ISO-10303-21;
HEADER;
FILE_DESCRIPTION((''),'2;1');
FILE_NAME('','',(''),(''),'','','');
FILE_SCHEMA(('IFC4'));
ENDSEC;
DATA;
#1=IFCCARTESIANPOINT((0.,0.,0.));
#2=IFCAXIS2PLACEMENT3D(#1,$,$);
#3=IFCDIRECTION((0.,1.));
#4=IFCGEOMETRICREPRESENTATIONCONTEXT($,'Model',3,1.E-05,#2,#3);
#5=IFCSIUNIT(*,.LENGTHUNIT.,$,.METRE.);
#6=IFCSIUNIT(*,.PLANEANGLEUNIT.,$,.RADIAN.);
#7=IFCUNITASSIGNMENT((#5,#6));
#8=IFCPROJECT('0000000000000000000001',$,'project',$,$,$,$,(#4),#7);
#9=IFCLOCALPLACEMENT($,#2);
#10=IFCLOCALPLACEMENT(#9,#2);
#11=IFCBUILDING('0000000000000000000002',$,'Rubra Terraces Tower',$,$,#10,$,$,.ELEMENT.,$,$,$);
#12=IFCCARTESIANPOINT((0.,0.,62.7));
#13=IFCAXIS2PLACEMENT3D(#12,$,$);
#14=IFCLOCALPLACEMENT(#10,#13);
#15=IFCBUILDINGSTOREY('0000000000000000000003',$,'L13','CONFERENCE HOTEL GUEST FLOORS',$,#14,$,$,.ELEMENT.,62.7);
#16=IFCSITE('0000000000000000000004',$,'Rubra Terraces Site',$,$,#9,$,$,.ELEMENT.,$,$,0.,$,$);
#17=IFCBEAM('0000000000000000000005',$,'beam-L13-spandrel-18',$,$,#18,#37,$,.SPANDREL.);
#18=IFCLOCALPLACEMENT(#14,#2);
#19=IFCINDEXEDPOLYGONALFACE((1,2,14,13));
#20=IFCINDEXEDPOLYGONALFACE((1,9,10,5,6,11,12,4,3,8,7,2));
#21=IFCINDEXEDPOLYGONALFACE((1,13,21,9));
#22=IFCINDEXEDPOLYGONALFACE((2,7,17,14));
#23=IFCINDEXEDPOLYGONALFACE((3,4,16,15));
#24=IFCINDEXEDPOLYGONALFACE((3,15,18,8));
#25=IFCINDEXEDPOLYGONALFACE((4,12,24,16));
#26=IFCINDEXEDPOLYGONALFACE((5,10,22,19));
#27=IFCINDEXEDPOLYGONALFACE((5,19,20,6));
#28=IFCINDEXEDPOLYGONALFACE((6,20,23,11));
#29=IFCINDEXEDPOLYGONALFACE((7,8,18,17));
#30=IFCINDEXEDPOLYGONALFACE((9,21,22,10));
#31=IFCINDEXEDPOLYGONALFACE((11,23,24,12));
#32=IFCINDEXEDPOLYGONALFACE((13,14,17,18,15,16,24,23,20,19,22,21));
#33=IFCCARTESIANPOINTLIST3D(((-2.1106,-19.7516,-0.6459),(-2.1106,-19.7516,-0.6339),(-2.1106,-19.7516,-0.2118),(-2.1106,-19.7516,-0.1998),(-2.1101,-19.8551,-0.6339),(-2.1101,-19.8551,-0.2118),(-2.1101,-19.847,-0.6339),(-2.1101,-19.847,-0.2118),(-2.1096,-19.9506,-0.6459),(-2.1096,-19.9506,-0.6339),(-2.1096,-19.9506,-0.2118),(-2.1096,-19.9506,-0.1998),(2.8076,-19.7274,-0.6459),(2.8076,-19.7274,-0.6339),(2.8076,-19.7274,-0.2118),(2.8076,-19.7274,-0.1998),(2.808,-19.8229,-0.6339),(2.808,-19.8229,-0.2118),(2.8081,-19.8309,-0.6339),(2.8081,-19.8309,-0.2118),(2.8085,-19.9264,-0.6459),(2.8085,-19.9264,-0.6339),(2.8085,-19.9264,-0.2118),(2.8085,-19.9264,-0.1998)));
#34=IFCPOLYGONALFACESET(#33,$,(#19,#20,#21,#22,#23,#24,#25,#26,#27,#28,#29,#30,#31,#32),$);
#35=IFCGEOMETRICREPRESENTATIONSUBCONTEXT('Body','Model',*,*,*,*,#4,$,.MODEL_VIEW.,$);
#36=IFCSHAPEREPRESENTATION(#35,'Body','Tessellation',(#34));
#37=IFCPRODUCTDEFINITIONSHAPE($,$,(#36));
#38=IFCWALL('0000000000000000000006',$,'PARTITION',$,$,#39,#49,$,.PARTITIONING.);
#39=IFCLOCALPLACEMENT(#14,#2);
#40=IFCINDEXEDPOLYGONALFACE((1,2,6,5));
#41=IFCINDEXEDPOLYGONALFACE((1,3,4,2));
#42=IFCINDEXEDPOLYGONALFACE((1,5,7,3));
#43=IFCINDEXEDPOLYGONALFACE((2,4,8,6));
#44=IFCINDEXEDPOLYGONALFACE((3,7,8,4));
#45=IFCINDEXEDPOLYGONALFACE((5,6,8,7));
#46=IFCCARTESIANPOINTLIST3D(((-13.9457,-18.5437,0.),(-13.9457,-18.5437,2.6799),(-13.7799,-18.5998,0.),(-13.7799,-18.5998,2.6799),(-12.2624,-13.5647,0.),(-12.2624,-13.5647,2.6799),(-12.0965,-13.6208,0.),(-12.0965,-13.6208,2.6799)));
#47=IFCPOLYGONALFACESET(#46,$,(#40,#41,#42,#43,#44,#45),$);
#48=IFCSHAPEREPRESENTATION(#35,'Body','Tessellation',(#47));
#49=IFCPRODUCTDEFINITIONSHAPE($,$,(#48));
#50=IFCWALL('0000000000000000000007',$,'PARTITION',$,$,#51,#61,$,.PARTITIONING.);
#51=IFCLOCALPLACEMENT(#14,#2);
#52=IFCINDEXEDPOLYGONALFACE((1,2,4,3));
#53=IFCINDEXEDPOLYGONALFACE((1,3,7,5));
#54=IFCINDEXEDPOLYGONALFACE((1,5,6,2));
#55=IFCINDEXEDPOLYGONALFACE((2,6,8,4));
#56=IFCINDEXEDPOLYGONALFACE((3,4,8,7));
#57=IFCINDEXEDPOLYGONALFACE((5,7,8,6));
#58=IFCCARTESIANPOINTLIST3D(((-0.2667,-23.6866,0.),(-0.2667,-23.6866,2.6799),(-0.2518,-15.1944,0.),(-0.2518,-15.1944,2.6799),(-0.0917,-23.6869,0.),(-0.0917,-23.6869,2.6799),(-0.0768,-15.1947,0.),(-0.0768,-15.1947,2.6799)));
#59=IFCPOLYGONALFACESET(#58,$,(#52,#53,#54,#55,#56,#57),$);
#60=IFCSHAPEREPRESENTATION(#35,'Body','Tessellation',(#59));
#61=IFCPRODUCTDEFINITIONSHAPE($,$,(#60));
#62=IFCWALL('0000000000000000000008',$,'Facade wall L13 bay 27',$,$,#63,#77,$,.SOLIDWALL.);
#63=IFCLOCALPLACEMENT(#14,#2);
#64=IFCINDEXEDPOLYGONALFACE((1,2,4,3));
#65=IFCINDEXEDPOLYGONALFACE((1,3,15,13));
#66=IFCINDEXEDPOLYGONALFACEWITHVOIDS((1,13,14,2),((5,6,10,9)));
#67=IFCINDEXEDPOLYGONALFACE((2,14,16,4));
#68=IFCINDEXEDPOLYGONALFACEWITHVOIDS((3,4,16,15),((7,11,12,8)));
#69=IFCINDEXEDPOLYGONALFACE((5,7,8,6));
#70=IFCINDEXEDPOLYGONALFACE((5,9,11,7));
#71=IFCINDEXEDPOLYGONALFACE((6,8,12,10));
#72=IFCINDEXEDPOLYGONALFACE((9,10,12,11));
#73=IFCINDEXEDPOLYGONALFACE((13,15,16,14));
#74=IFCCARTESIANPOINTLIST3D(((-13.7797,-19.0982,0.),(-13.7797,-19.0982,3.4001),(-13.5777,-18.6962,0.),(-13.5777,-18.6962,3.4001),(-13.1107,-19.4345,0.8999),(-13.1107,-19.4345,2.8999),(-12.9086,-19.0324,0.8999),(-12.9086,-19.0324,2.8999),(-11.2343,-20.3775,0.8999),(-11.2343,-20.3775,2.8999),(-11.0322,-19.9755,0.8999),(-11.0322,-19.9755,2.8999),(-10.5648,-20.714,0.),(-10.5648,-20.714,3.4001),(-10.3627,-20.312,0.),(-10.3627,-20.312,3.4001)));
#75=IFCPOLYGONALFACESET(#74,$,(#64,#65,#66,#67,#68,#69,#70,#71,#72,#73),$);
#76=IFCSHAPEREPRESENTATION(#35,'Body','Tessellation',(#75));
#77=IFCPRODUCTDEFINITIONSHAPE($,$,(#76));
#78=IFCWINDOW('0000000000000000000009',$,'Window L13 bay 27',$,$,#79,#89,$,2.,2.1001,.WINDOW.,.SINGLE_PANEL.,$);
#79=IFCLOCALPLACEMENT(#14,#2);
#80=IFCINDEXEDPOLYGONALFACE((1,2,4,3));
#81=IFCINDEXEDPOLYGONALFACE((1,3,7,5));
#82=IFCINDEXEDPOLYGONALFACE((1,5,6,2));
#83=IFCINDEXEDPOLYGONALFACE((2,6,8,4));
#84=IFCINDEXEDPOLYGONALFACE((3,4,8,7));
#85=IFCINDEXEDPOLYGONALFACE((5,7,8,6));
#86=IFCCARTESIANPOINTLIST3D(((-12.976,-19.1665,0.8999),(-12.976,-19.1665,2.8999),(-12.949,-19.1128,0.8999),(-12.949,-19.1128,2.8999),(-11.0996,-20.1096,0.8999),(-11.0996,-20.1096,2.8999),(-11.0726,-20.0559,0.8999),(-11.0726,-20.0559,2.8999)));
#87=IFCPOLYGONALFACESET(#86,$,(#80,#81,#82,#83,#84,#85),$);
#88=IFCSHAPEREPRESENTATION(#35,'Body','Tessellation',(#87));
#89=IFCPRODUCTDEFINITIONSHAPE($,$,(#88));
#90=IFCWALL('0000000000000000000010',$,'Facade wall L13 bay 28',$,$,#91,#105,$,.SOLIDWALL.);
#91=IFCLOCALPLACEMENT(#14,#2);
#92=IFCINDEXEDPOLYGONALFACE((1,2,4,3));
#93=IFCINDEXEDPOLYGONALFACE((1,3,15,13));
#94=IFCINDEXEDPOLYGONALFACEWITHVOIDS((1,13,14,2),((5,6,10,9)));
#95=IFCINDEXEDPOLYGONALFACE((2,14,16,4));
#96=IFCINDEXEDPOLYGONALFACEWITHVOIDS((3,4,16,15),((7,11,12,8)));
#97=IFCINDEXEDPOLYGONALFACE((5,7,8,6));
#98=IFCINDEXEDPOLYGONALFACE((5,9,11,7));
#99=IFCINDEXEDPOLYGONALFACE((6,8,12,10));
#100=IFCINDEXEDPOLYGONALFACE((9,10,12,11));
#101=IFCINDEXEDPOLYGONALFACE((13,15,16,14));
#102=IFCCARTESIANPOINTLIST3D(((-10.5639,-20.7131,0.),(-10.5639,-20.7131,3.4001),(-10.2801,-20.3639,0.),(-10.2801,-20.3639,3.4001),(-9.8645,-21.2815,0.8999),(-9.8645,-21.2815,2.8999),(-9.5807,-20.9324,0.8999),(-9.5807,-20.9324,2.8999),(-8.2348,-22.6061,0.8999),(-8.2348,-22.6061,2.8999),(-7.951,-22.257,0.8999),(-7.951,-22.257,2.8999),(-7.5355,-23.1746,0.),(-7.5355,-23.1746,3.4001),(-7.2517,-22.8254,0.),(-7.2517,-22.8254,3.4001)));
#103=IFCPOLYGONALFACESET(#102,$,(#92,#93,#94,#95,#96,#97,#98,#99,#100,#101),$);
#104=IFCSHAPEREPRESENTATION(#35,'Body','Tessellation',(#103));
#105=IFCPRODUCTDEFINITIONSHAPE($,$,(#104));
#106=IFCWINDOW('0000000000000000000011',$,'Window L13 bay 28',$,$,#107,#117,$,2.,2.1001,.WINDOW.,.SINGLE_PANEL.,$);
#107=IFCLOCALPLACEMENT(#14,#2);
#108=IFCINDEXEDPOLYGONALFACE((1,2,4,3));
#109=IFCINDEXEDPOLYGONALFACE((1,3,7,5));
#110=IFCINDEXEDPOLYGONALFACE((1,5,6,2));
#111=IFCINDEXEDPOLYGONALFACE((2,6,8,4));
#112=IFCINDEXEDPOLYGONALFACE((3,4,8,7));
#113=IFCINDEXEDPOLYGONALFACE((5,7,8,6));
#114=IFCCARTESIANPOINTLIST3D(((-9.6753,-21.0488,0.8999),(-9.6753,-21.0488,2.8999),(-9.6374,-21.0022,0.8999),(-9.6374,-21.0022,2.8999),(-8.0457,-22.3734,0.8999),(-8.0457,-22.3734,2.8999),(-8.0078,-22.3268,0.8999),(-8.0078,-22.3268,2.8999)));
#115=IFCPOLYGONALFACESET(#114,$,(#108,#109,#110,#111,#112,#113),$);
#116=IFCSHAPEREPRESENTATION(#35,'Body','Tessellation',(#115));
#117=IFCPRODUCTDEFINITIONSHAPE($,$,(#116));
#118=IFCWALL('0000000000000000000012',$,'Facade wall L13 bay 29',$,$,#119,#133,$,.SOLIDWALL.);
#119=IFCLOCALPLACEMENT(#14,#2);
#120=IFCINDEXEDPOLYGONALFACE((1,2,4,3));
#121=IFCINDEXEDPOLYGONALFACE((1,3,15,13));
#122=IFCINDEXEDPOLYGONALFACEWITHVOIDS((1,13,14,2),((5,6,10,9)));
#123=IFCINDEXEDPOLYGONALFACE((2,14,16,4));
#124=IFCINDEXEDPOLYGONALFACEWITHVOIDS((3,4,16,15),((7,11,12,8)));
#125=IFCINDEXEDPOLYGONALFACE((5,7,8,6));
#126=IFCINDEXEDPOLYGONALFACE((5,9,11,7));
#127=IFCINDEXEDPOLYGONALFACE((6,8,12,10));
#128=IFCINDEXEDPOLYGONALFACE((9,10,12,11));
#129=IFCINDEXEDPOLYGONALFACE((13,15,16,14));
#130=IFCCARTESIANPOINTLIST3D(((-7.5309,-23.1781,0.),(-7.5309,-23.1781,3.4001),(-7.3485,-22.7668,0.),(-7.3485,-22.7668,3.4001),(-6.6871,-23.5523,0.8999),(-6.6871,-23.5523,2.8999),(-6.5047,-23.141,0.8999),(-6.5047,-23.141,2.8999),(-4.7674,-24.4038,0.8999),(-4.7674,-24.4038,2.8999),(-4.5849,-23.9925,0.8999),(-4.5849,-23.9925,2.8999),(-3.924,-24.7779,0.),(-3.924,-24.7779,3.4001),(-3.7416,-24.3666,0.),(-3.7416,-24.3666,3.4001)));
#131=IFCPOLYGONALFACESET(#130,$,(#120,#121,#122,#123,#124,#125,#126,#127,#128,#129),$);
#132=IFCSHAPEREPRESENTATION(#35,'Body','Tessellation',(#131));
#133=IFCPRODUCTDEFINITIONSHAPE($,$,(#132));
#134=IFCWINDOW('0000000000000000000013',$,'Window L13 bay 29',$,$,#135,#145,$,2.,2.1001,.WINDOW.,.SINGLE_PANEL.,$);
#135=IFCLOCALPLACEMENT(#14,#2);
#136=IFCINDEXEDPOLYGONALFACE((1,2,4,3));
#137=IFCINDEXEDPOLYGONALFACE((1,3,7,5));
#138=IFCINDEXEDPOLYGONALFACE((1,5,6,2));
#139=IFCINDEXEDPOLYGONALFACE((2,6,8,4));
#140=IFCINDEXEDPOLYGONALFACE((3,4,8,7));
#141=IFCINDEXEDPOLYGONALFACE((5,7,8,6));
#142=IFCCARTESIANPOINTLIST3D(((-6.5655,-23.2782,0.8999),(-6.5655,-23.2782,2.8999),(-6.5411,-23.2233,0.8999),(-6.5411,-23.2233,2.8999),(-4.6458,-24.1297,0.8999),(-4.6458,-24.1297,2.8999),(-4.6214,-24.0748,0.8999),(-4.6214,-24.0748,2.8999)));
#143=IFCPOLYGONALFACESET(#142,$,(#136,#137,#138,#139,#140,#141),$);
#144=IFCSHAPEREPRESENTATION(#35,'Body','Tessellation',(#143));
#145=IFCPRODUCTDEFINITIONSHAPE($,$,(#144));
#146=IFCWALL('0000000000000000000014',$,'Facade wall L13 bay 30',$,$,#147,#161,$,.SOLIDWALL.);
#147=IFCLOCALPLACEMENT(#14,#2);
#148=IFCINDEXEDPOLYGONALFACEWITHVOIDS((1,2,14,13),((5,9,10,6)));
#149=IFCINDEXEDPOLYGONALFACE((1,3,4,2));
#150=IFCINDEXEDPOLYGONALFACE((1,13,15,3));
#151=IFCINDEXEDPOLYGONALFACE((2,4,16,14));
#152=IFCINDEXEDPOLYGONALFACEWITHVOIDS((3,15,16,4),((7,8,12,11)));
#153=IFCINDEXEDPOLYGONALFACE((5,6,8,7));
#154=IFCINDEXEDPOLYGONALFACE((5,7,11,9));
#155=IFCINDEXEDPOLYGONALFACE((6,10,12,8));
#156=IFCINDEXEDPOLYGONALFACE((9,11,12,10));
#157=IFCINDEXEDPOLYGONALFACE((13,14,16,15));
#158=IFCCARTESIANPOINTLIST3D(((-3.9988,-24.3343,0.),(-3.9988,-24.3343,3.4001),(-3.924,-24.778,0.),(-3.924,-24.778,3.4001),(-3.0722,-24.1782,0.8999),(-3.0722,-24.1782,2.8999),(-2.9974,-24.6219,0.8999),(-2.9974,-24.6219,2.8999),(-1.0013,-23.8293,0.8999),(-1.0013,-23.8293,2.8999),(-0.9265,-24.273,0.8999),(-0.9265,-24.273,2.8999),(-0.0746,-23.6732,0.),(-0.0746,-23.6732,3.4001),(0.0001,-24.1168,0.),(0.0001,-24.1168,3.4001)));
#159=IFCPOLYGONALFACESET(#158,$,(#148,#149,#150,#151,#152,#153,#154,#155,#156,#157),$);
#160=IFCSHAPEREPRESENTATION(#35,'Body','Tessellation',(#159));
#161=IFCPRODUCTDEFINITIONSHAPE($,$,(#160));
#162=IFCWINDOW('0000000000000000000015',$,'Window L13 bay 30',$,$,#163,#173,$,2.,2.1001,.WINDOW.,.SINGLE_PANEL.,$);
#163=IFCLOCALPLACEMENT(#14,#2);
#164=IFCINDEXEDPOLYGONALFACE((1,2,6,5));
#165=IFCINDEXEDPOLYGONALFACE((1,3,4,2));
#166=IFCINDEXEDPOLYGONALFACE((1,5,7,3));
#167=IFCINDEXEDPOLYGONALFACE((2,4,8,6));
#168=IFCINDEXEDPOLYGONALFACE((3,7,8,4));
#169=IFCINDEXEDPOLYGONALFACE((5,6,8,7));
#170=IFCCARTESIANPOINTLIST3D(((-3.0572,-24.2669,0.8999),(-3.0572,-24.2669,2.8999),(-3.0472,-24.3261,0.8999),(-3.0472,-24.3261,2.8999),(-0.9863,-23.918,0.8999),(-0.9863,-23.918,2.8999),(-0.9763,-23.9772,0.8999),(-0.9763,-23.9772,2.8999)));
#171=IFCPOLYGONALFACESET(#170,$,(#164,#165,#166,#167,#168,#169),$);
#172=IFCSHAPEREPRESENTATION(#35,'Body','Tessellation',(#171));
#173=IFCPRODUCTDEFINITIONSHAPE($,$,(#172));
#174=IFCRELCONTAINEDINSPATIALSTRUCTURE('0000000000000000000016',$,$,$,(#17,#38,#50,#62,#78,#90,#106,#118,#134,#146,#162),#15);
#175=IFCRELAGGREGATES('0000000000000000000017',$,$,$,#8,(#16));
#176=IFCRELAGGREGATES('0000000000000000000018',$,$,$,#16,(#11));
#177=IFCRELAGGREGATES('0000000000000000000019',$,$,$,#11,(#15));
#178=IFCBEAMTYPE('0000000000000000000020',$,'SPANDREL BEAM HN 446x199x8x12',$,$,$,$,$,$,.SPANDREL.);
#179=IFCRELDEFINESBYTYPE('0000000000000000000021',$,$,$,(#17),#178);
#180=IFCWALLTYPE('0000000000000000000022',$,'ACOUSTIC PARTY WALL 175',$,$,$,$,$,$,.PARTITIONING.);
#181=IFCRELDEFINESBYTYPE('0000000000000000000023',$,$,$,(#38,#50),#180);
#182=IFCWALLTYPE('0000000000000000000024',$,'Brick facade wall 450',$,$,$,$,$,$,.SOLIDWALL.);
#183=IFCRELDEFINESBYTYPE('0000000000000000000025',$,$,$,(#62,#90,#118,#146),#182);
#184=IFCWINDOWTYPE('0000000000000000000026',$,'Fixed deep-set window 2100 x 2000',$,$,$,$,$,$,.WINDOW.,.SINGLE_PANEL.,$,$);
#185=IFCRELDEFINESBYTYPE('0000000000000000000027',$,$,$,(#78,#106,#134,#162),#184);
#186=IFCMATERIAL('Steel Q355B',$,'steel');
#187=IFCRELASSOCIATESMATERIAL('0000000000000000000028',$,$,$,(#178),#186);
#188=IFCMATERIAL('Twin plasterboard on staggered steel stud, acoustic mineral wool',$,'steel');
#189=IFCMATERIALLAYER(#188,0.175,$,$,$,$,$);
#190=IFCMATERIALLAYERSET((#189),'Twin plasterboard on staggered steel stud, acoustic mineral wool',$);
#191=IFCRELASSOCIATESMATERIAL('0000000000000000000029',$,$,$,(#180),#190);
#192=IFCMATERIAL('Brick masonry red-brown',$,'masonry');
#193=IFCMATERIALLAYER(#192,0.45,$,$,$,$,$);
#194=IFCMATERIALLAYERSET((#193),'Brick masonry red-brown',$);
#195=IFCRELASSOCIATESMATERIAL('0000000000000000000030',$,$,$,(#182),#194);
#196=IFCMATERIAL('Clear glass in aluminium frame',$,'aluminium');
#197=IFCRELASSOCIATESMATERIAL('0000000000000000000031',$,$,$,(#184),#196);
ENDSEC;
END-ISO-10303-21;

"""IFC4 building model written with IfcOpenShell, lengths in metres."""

from ifc_helpers import new_model, si_unit, direction, frame, frame_2d, origin, origin_2d, place, context, subcontext, project, spatial, rectangle, i_section, extrude, material, layer, layer_set, material_profile, profile_set, type_object, element, fill, save


model = new_model("IFC4")

# Units and contexts
model_context = context("Model", 3, precision=1e-05, world=origin(), true_north=direction((0.0, 1.0)))
body_context = subcontext(model_context, "Body", "Model", "MODEL_VIEW")
ifc_project = project(units=[si_unit("LENGTHUNIT", "METRE"), si_unit("PLANEANGLEUNIT", "RADIAN")], contexts=[model_context])

# Site, building, storey
site_placement = place(None, origin())
site = spatial("IfcSite", under=ifc_project, at=site_placement, Name="Rubra Terraces Site", CompositionType="ELEMENT", RefElevation=0.0)
building_placement = place(site_placement, origin())
building = spatial("IfcBuilding", under=site, at=building_placement, Name="Rubra Terraces Tower", CompositionType="ELEMENT")
storey_placement = place(building_placement, frame((0.0, 0.0, 62.7)))
storey = spatial("IfcBuildingStorey", under=building, at=storey_placement, Name="L13", Description="CONFERENCE HOTEL GUEST FLOORS", CompositionType="ELEMENT", Elevation=62.7)

# Beam
ifc_material_1 = material(Name="Steel Q355B", Category="steel")
ifc_material_profile_1 = material_profile(ifc_material_1, i_section(OverallWidth=0.199, OverallDepth=0.446, WebThickness=0.0081, FlangeThickness=0.012, at=origin_2d()), Name="HN 446x199x8x12")
ifc_profile_set_1 = profile_set([ifc_material_profile_1], Name="Steel Q355B")
beam_type_1 = type_object("IfcBeamType", Name="SPANDREL BEAM HN 446x199x8x12", PredefinedType="SPANDREL", material=ifc_profile_set_1)
beam_1_placement = place(storey_placement, frame((-2.1101, -19.8511, -0.4229), z_axis=(0.999988, 0.004914, 0.0), x_axis=(-0.004914, 0.999988, 0.0)))
element("IfcBeam", 1, at=beam_1_placement, inside=storey, type_object=beam_type_1, Name="beam-L13-spandrel-18", PredefinedType="SPANDREL", context=body_context, shape_type="SweptSolid", body=[
    extrude(i_section(OverallWidth=0.199, OverallDepth=0.446, WebThickness=0.0081, FlangeThickness=0.012, at=origin_2d()), origin(), (0.0, 0.0, 1.0), 4.9182),
])

# Walls
ifc_material_2 = material(Name="Twin plasterboard on staggered steel stud, acoustic mineral wool", Category="steel")
ifc_layer_1 = layer(ifc_material_2, 0.175)
ifc_layer_set_1 = layer_set([ifc_layer_1], Name="Twin plasterboard on staggered steel stud, acoustic mineral wool")
wall_type_1 = type_object("IfcWallType", Name="ACOUSTIC PARTY WALL 175", PredefinedType="PARTITIONING", material=ifc_layer_set_1)
wall_1_placement = place(storey_placement, frame((-13.8628, -18.5718, 0.0), z_axis=(0.0, 0.0, 1.0), x_axis=(0.32028, 0.947323, 0.0)))
element("IfcWall", 2, at=wall_1_placement, inside=storey, type_object=wall_type_1, Name="PARTITION", PredefinedType="PARTITIONING", context=body_context, shape_type="SweptSolid", body=[
    extrude(rectangle(XDim=5.2559, YDim=0.175, at=frame_2d((2.6279, 0.0))), origin(), (0.0, 0.0, 1.0), 2.6799),
])
wall_2_placement = place(storey_placement, frame((-0.1792, -23.6868, 0.0), z_axis=(0.0, 0.0, 1.0), x_axis=(0.001754, 0.999998, 0.0)))
element("IfcWall", 3, at=wall_2_placement, inside=storey, type_object=wall_type_1, Name="PARTITION", PredefinedType="PARTITIONING", context=body_context, shape_type="SweptSolid", body=[
    extrude(rectangle(XDim=8.4922, YDim=0.175, at=frame_2d((4.2461, 0.0))), origin(), (0.0, 0.0, 1.0), 2.6799),
])

# Walls, openings, windows
ifc_material_3 = material(Name="Brick masonry red-brown", Category="masonry")
ifc_layer_2 = layer(ifc_material_3, 0.45)
ifc_layer_set_2 = layer_set([ifc_layer_2], Name="Brick masonry red-brown")
wall_type_2 = type_object("IfcWallType", Name="Brick facade wall 450", PredefinedType="SOLIDWALL", material=ifc_layer_set_2)
wall_3_placement = place(storey_placement, frame((-13.6787, -18.8972, 0.0), z_axis=(0.0, 0.0, 1.0), x_axis=(0.893502, -0.449058, 0.0)))
wall_3 = element("IfcWall", 4, at=wall_3_placement, inside=storey, type_object=wall_type_2, Name="Facade wall L13 bay 27", PredefinedType="SOLIDWALL", context=body_context, shape_type="SweptSolid", body=[
    extrude(rectangle(XDim=3.5981, YDim=0.45, at=frame_2d((1.7991, 0.0))), origin(), (0.0, 0.0, 1.0), 3.4001),
])
opening_1_placement = place(wall_3_placement, frame((0.7488, 0.0, 0.8999)))
opening_1 = element("IfcOpeningElement", 5, at=opening_1_placement, cuts=wall_3, PredefinedType="OPENING", context=body_context, shape_type="SweptSolid", body=[
    extrude(rectangle(XDim=2.1001, YDim=2.0, at=frame_2d((1.05, 1.0))), frame((0.0, 0.2349, 0.0), z_axis=(0.0, -1.0, 0.0), x_axis=(1.0, 0.0, 0.0)), (0.0, 0.0, 1.0), 0.47),
])
ifc_material_4 = material(Name="Clear glass in aluminium frame", Category="aluminium")
window_type = type_object("IfcWindowType", Name="Fixed deep-set window 2100 x 2000", PartitioningType="SINGLE_PANEL", PredefinedType="WINDOW", material=ifc_material_4)
window_1_placement = place(opening_1_placement, origin())
window_1 = element("IfcWindow", 6, at=window_1_placement, inside=storey, type_object=window_type, Name="Window L13 bay 27", OverallHeight=2.0, OverallWidth=2.1001, PartitioningType="SINGLE_PANEL", PredefinedType="WINDOW", context=body_context, shape_type="SweptSolid", body=[
    extrude(rectangle(XDim=2.1001, YDim=2.0, at=frame_2d((1.05, 1.0))), frame((0.0, 0.135, 0.0), z_axis=(0.0, -1.0, 0.0), x_axis=(1.0, 0.0, 0.0)), (0.0, 0.0, 1.0), 0.0601),
])
fill(opening_1, window_1)
wall_4_placement = place(storey_placement, frame((-10.4219, -20.5386, 0.0), z_axis=(0.0, 0.0, 1.0), x_axis=(0.775999, -0.630734, 0.0)))
wall_4 = element("IfcWall", 7, at=wall_4_placement, inside=storey, type_object=wall_type_2, Name="Facade wall L13 bay 28", PredefinedType="SOLIDWALL", context=body_context, shape_type="SweptSolid", body=[
    extrude(rectangle(XDim=3.9026, YDim=0.45, at=frame_2d((1.9512, 0.0))), origin(), (0.0, 0.0, 1.0), 3.4001),
])
opening_2_placement = place(wall_4_placement, frame((0.9011, 0.0, 0.8999)))
opening_2 = element("IfcOpeningElement", 8, at=opening_2_placement, cuts=wall_4, PredefinedType="OPENING", context=body_context, shape_type="SweptSolid", body=[
    extrude(rectangle(XDim=2.1001, YDim=2.0, at=frame_2d((1.05, 1.0))), frame((0.0, 0.2349, 0.0), z_axis=(0.0, -1.0, 0.0), x_axis=(1.0, 0.0, 0.0)), (0.0, 0.0, 1.0), 0.47),
])
window_2_placement = place(opening_2_placement, origin())
window_2 = element("IfcWindow", 9, at=window_2_placement, inside=storey, type_object=window_type, Name="Window L13 bay 28", OverallHeight=2.0, OverallWidth=2.1001, PartitioningType="SINGLE_PANEL", PredefinedType="WINDOW", context=body_context, shape_type="SweptSolid", body=[
    extrude(rectangle(XDim=2.1001, YDim=2.0, at=frame_2d((1.05, 1.0))), frame((0.0, 0.135, 0.0), z_axis=(0.0, -1.0, 0.0), x_axis=(1.0, 0.0, 0.0)), (0.0, 0.0, 1.0), 0.0601),
])
fill(opening_2, window_2)
wall_5_placement = place(storey_placement, frame((-7.4397, -22.9724, 0.0), z_axis=(0.0, 0.0, 1.0), x_axis=(0.914115, -0.405455, 0.0)))
wall_5 = element("IfcWall", 10, at=wall_5_placement, inside=storey, type_object=wall_type_2, Name="Facade wall L13 bay 29", PredefinedType="SOLIDWALL", context=body_context, shape_type="SweptSolid", body=[
    extrude(rectangle(XDim=3.9458, YDim=0.45, at=frame_2d((1.9729, 0.0))), origin(), (0.0, 0.0, 1.0), 3.4001),
])
opening_3_placement = place(wall_5_placement, frame((0.9231, 0.0, 0.8999)))
opening_3 = element("IfcOpeningElement", 11, at=opening_3_placement, cuts=wall_5, PredefinedType="OPENING", context=body_context, shape_type="SweptSolid", body=[
    extrude(rectangle(XDim=2.1001, YDim=2.0, at=frame_2d((1.05, 1.0))), frame((0.0, 0.2349, 0.0), z_axis=(0.0, -1.0, 0.0), x_axis=(1.0, 0.0, 0.0)), (0.0, 0.0, 1.0), 0.47),
])
window_3_placement = place(opening_3_placement, origin())
window_3 = element("IfcWindow", 12, at=window_3_placement, inside=storey, type_object=window_type, Name="Window L13 bay 29", OverallHeight=2.0, OverallWidth=2.1001, PartitioningType="SINGLE_PANEL", PredefinedType="WINDOW", context=body_context, shape_type="SweptSolid", body=[
    extrude(rectangle(XDim=2.1001, YDim=2.0, at=frame_2d((1.05, 1.0))), frame((0.0, 0.135, 0.0), z_axis=(0.0, -1.0, 0.0), x_axis=(1.0, 0.0, 0.0)), (0.0, 0.0, 1.0), 0.0601),
])
fill(opening_3, window_3)
wall_6_placement = place(storey_placement, frame((-3.9614, -24.5562, 0.0), z_axis=(0.0, 0.0, 1.0), x_axis=(0.986102, 0.16614, 0.0)))
wall_6 = element("IfcWall", 13, at=wall_6_placement, inside=storey, type_object=wall_type_2, Name="Facade wall L13 bay 30", PredefinedType="SOLIDWALL", context=body_context, shape_type="SweptSolid", body=[
    extrude(rectangle(XDim=3.9795, YDim=0.45, at=frame_2d((1.9897, 0.0))), origin(), (0.0, 0.0, 1.0), 3.4001),
])
opening_4_placement = place(wall_6_placement, frame((0.9397, 0.0, 0.8999)))
opening_4 = element("IfcOpeningElement", 14, at=opening_4_placement, cuts=wall_6, PredefinedType="OPENING", context=body_context, shape_type="SweptSolid", body=[
    extrude(rectangle(XDim=2.1001, YDim=2.0, at=frame_2d((1.05, 1.0))), frame((0.0, 0.2349, 0.0), z_axis=(0.0, -1.0, 0.0), x_axis=(1.0, 0.0, 0.0)), (0.0, 0.0, 1.0), 0.47),
])
window_4_placement = place(opening_4_placement, origin())
window_4 = element("IfcWindow", 15, at=window_4_placement, inside=storey, type_object=window_type, Name="Window L13 bay 30", OverallHeight=2.0, OverallWidth=2.1001, PartitioningType="SINGLE_PANEL", PredefinedType="WINDOW", context=body_context, shape_type="SweptSolid", body=[
    extrude(rectangle(XDim=2.1001, YDim=2.0, at=frame_2d((1.05, 1.0))), frame((0.0, 0.135, 0.0), z_axis=(0.0, -1.0, 0.0), x_axis=(1.0, 0.0, 0.0)), (0.0, 0.0, 1.0), 0.0601),
])
fill(opening_4, window_4)

save(model, "model.ifc")
